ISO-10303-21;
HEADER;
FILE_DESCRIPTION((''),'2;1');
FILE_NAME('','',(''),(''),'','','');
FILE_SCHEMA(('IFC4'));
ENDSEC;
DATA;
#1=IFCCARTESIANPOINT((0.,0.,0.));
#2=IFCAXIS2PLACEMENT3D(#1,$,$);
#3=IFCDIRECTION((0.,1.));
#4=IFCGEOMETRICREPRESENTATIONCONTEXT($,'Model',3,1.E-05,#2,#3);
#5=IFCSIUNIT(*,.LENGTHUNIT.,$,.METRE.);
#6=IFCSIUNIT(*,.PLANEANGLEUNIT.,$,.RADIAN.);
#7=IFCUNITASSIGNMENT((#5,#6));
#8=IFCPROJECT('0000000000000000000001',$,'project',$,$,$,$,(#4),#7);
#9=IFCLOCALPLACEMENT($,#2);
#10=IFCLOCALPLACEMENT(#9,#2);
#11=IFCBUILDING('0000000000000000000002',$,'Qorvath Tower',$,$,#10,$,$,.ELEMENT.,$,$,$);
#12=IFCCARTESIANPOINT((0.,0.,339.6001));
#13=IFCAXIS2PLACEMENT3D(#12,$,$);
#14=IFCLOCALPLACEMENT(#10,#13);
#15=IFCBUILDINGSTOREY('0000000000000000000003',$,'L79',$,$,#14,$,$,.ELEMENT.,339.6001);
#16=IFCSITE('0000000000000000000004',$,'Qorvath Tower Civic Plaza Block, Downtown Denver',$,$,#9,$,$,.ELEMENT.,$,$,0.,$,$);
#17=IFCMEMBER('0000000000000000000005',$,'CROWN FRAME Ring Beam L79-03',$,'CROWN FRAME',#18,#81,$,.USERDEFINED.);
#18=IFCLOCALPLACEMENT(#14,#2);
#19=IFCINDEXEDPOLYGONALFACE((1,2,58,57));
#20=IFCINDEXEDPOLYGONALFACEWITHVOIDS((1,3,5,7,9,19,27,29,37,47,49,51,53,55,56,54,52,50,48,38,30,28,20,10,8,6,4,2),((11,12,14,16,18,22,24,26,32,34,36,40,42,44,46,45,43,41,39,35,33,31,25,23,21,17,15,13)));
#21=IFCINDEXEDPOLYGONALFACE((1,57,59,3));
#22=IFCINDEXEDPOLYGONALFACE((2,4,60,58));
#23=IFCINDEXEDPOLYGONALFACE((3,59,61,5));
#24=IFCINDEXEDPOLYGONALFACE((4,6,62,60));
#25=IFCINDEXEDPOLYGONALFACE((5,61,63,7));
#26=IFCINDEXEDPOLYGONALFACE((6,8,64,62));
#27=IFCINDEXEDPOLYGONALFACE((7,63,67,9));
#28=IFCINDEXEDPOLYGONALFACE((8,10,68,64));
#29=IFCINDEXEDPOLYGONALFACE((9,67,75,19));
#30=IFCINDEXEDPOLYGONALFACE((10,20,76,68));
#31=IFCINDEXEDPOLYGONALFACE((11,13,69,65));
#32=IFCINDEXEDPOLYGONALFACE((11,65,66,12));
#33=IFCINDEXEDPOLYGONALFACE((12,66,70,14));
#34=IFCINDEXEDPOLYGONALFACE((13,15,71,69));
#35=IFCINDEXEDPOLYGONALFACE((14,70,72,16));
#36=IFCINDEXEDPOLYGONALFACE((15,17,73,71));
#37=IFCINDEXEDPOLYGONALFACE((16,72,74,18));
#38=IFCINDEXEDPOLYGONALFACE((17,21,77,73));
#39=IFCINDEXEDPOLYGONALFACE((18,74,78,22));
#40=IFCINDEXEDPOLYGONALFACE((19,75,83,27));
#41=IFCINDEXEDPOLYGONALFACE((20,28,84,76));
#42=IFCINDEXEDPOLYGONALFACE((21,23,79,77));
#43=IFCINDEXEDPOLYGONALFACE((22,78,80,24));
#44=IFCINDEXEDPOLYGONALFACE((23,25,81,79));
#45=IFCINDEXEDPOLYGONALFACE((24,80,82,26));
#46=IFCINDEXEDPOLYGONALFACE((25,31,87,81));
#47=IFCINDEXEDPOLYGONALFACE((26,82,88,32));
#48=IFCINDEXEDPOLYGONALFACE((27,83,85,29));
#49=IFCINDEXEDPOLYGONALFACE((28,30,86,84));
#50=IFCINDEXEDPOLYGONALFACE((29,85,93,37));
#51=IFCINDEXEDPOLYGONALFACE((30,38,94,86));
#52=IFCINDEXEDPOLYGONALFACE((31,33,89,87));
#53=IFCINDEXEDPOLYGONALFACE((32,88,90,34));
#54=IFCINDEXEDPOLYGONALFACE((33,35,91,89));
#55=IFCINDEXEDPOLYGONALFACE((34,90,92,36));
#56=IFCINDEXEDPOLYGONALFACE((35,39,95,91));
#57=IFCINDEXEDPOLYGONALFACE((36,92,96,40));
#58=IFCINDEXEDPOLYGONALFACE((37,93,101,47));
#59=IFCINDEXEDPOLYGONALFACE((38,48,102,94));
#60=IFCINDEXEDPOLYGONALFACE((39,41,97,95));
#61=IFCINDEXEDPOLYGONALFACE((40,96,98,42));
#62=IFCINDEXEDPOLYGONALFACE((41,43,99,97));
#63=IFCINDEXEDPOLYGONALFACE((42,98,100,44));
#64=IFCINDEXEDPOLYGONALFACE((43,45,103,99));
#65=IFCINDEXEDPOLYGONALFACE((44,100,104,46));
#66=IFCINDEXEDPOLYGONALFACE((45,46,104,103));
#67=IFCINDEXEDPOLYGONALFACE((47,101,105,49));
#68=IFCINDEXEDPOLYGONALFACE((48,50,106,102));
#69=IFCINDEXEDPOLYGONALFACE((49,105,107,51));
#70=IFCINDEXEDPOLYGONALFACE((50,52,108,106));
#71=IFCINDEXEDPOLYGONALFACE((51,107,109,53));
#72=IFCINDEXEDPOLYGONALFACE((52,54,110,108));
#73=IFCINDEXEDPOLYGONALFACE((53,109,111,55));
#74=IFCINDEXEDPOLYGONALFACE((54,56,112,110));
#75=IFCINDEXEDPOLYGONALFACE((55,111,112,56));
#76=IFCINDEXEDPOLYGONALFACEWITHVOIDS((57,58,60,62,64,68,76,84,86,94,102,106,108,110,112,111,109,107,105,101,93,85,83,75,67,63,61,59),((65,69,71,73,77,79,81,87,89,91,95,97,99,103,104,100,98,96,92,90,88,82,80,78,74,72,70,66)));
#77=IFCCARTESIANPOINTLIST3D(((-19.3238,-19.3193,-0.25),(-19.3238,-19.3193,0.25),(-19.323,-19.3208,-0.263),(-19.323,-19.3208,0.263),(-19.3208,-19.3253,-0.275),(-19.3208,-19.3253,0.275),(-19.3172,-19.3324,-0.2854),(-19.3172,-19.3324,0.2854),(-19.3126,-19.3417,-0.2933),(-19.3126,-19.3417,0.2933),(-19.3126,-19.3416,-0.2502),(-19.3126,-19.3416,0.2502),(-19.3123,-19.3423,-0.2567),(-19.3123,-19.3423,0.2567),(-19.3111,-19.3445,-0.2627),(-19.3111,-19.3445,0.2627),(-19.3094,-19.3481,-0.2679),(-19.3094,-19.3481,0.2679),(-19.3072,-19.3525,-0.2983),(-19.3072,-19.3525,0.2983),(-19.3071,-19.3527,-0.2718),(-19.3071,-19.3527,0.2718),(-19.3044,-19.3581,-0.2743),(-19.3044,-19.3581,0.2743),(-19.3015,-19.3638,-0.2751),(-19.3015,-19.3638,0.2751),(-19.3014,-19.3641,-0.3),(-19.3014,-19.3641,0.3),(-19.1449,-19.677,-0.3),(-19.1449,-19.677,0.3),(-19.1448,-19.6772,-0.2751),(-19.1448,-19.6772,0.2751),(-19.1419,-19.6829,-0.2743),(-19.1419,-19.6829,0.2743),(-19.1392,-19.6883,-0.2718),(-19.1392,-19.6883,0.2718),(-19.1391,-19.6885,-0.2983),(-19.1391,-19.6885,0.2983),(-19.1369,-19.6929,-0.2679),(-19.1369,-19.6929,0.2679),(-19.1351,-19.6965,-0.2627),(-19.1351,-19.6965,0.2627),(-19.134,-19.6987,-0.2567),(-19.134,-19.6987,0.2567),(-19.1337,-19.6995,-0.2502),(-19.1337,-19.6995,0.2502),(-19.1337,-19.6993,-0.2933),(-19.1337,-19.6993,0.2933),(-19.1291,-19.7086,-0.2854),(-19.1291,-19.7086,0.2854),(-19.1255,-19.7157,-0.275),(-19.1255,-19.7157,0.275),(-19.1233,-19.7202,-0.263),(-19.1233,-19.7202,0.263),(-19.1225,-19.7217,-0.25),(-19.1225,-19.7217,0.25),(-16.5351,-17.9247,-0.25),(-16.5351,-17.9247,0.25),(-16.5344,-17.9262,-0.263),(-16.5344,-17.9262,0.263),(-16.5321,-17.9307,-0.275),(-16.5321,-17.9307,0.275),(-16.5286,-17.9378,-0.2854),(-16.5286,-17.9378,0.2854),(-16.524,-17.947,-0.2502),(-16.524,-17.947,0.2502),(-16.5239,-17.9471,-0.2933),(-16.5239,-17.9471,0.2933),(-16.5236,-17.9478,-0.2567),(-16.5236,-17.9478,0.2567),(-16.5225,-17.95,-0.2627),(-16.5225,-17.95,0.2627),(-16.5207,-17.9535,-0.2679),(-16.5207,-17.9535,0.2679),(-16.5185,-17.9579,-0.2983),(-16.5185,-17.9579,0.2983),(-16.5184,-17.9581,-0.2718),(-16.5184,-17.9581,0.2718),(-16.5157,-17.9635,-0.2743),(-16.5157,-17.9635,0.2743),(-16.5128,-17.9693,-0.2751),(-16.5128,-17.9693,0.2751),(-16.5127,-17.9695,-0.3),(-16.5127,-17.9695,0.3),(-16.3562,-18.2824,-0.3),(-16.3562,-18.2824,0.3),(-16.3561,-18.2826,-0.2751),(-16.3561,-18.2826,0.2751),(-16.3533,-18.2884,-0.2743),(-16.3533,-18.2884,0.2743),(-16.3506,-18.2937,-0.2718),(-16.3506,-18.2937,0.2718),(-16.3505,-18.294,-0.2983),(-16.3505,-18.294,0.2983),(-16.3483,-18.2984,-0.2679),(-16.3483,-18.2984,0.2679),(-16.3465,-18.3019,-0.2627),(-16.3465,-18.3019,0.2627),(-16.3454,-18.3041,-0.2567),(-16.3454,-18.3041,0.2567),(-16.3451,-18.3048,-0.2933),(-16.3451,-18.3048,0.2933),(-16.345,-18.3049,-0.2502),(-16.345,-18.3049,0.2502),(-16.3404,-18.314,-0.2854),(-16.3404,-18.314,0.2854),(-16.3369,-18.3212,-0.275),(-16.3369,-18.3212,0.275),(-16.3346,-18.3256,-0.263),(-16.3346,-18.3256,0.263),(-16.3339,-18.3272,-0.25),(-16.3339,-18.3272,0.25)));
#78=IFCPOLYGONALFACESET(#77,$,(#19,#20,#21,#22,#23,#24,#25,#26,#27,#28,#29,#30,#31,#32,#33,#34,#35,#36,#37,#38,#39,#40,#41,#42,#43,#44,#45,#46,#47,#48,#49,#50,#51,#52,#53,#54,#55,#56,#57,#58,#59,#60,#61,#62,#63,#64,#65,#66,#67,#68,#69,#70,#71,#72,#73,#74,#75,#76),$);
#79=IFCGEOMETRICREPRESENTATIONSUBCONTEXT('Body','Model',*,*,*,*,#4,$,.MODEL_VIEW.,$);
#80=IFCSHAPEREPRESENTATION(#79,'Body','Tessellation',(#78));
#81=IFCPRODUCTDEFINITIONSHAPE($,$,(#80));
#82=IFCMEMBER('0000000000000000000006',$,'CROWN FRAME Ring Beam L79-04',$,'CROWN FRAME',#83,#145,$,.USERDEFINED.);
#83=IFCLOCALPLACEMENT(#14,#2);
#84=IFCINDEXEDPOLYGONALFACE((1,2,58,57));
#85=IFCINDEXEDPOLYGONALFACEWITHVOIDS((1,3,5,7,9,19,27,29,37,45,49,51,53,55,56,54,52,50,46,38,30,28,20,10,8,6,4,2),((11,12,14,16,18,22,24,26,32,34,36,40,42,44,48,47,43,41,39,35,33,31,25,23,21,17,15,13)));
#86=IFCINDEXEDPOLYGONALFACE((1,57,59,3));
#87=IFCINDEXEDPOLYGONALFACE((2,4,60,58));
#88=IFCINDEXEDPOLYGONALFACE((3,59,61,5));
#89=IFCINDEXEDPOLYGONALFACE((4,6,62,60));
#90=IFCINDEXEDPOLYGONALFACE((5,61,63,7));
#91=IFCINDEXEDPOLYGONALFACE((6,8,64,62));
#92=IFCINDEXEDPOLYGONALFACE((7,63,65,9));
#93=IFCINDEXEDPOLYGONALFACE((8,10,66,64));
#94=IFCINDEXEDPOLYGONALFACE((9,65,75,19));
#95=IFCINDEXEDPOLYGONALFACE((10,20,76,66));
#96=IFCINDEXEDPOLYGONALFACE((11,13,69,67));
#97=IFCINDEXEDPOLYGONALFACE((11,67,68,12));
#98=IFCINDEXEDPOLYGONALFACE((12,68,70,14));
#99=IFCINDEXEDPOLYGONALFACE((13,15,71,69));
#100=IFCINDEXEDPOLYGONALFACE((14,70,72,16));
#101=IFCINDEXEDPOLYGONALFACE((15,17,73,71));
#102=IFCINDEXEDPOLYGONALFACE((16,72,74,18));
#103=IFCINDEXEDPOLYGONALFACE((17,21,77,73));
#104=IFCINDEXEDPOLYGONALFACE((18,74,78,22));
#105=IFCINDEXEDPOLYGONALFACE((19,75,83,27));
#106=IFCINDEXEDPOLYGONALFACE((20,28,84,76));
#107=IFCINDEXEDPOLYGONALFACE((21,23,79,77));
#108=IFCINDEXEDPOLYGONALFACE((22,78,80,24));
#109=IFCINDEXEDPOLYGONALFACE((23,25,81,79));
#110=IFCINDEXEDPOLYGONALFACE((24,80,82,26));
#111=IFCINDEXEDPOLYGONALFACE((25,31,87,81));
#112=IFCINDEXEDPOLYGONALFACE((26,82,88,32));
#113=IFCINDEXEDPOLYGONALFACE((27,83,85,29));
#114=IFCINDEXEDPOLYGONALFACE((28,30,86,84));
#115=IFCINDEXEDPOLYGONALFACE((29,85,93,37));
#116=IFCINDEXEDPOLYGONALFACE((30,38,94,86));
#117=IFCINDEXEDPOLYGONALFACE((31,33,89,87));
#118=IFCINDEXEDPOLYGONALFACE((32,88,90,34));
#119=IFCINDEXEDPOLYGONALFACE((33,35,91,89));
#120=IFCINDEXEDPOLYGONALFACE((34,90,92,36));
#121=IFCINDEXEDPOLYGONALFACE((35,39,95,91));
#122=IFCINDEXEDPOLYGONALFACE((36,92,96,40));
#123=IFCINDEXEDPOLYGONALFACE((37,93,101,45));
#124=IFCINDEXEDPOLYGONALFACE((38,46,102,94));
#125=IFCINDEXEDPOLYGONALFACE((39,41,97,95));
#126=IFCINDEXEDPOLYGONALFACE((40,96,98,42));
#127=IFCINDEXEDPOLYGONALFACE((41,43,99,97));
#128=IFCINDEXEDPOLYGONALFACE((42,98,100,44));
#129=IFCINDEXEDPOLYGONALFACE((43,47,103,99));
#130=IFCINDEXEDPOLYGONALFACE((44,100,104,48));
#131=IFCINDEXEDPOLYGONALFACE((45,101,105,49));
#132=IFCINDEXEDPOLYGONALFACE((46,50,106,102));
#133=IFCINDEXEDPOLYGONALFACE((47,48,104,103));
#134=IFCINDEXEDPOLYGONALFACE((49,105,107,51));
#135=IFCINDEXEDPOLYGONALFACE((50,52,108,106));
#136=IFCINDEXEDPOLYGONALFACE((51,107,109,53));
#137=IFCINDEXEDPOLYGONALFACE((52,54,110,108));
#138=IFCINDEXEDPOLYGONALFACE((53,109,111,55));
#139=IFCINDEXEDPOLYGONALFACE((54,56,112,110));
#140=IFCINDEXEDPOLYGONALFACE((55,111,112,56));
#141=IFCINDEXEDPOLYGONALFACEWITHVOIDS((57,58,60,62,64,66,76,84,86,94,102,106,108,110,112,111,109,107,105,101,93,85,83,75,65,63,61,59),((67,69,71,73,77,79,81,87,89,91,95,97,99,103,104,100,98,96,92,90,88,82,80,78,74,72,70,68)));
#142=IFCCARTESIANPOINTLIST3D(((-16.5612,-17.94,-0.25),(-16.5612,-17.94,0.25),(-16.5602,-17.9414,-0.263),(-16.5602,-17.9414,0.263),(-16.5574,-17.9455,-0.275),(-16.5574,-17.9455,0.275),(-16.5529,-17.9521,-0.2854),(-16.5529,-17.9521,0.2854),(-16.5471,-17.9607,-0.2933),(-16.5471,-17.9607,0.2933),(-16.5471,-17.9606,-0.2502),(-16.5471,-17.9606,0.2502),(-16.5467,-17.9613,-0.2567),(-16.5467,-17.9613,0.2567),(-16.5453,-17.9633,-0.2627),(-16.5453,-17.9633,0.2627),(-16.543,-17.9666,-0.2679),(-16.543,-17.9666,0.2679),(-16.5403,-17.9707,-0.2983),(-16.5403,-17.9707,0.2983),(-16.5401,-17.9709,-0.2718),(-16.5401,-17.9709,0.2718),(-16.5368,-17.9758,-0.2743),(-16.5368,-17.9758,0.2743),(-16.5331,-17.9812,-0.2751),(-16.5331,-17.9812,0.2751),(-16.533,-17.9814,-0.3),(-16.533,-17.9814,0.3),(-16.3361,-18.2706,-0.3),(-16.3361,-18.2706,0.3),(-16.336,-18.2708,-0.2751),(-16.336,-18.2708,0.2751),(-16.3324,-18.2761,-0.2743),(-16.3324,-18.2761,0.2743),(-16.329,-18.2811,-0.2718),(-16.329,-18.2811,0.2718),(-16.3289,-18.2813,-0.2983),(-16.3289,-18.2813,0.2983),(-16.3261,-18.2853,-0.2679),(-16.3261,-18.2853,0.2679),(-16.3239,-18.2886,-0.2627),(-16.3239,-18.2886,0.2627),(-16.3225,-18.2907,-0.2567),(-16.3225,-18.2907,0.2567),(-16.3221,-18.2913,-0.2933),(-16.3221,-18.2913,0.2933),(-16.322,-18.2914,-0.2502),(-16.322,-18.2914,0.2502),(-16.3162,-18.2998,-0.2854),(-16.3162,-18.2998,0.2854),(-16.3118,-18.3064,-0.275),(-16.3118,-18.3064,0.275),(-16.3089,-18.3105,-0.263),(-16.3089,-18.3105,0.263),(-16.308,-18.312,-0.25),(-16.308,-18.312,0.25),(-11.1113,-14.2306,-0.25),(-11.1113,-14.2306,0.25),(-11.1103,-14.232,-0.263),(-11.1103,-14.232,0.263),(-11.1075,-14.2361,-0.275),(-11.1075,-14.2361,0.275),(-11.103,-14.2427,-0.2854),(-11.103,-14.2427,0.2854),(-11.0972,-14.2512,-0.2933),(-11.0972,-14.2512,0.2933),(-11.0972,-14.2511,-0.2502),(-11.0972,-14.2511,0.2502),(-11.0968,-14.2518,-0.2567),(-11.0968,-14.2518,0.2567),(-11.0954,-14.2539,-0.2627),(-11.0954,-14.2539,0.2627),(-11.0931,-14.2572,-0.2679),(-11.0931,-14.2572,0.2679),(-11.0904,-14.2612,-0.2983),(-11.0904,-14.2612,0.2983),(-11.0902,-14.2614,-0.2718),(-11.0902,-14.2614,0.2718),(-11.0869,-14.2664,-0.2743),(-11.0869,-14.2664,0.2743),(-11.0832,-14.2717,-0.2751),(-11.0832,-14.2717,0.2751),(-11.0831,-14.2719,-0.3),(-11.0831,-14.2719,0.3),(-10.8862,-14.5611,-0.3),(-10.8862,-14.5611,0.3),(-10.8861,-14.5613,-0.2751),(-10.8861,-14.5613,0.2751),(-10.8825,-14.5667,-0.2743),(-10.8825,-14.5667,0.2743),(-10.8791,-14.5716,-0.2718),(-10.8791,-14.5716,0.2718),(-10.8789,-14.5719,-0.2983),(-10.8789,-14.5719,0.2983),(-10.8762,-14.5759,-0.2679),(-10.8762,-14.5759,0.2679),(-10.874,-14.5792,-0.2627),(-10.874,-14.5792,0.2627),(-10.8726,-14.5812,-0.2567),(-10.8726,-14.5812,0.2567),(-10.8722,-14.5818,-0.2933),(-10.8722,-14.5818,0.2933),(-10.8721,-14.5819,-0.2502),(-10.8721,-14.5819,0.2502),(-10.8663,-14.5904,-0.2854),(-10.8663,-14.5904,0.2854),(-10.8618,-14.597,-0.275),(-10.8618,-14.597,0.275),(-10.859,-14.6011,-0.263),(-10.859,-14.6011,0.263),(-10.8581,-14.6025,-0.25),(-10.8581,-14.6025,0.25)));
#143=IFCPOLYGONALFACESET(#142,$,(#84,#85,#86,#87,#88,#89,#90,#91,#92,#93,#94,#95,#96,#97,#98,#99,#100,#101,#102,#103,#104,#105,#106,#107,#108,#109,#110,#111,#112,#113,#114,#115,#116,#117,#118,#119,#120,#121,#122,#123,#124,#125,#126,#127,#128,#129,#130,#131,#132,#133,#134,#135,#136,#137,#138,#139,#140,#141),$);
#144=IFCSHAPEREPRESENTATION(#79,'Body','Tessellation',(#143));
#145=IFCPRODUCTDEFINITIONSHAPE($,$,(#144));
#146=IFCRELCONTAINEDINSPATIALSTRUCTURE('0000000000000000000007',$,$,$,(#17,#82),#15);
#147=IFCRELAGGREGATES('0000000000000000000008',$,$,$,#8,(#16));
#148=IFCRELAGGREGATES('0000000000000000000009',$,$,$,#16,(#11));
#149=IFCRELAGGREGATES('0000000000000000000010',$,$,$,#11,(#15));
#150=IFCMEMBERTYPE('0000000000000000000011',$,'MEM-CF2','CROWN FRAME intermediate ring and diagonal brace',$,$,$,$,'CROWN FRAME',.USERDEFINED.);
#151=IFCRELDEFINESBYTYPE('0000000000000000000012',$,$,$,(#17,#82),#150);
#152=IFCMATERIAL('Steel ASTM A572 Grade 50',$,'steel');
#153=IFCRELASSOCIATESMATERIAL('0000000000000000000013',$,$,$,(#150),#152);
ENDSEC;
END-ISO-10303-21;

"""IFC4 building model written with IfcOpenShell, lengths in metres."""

from ifc_helpers import new_model, si_unit, direction, frame, origin, origin_2d, place, context, subcontext, project, spatial, hollow_rectangle, extrude, material, material_profile, profile_set, type_object, element, save


model = new_model("IFC4")

# Units and contexts
model_context = context("Model", 3, precision=1e-05, world=origin(), true_north=direction((0.0, 1.0)))
body_context = subcontext(model_context, "Body", "Model", "MODEL_VIEW")
ifc_project = project(units=[si_unit("LENGTHUNIT", "METRE"), si_unit("PLANEANGLEUNIT", "RADIAN")], contexts=[model_context])

# Site, building, storey
site_placement = place(None, origin())
site = spatial("IfcSite", under=ifc_project, at=site_placement, Name="Qorvath Tower Civic Plaza Block, Downtown Denver", CompositionType="ELEMENT", RefElevation=0.0)
building_placement = place(site_placement, origin())
building = spatial("IfcBuilding", under=site, at=building_placement, Name="Qorvath Tower", CompositionType="ELEMENT")
storey_placement = place(building_placement, frame((0.0, 0.0, 339.6001)))
storey = spatial("IfcBuildingStorey", under=building, at=storey_placement, Name="L79", CompositionType="ELEMENT", Elevation=339.6001)

# Members
ifc_material_1 = material(Name="Steel ASTM A572 Grade 50", Category="steel")
ifc_material_profile_1 = material_profile(ifc_material_1, hollow_rectangle(XDim=0.45, YDim=0.6001, WallThickness=0.0249, InnerFilletRadius=0.0249, OuterFilletRadius=0.05, at=origin_2d()), Name="CROWN BOX 600x450x25")
ifc_profile_set_1 = profile_set([ifc_material_profile_1], Name="Steel ASTM A572 Grade 50")
member_type_1 = type_object("IfcMemberType", Name="MEM-CF2", Description="CROWN FRAME intermediate ring and diagonal brace", ElementType="CROWN FRAME", PredefinedType="USERDEFINED", material=ifc_profile_set_1)
member_1_placement = place(storey_placement, frame((-19.2231, -19.5205, 0.0), z_axis=(0.894396, 0.447276, 0.0), x_axis=(-0.447276, 0.894396, 0.0)))
element("IfcMember", 1, at=member_1_placement, inside=storey, type_object=member_type_1, Name="CROWN FRAME Ring Beam L79-03", ObjectType="CROWN FRAME", PredefinedType="USERDEFINED", context=body_context, shape_type="SweptSolid", body=[
    extrude(hollow_rectangle(XDim=0.45, YDim=0.6001, WallThickness=0.0249, InnerFilletRadius=0.0249, OuterFilletRadius=0.05, at=origin_2d()), origin(), (0.0, 0.0, 1.0), 3.1179),
])
member_2_placement = place(storey_placement, frame((-16.4346, -18.126, 0.0), z_axis=(0.826679, 0.562674, 0.0), x_axis=(-0.562674, 0.826679, 0.0)))
element("IfcMember", 2, at=member_2_placement, inside=storey, type_object=member_type_1, Name="CROWN FRAME Ring Beam L79-04", ObjectType="CROWN FRAME", PredefinedType="USERDEFINED", context=body_context, shape_type="SweptSolid", body=[
    extrude(hollow_rectangle(XDim=0.45, YDim=0.6001, WallThickness=0.0249, InnerFilletRadius=0.0249, OuterFilletRadius=0.05, at=origin_2d()), origin(), (0.0, 0.0, 1.0), 6.5925),
])

save(model, "model.ifc")
